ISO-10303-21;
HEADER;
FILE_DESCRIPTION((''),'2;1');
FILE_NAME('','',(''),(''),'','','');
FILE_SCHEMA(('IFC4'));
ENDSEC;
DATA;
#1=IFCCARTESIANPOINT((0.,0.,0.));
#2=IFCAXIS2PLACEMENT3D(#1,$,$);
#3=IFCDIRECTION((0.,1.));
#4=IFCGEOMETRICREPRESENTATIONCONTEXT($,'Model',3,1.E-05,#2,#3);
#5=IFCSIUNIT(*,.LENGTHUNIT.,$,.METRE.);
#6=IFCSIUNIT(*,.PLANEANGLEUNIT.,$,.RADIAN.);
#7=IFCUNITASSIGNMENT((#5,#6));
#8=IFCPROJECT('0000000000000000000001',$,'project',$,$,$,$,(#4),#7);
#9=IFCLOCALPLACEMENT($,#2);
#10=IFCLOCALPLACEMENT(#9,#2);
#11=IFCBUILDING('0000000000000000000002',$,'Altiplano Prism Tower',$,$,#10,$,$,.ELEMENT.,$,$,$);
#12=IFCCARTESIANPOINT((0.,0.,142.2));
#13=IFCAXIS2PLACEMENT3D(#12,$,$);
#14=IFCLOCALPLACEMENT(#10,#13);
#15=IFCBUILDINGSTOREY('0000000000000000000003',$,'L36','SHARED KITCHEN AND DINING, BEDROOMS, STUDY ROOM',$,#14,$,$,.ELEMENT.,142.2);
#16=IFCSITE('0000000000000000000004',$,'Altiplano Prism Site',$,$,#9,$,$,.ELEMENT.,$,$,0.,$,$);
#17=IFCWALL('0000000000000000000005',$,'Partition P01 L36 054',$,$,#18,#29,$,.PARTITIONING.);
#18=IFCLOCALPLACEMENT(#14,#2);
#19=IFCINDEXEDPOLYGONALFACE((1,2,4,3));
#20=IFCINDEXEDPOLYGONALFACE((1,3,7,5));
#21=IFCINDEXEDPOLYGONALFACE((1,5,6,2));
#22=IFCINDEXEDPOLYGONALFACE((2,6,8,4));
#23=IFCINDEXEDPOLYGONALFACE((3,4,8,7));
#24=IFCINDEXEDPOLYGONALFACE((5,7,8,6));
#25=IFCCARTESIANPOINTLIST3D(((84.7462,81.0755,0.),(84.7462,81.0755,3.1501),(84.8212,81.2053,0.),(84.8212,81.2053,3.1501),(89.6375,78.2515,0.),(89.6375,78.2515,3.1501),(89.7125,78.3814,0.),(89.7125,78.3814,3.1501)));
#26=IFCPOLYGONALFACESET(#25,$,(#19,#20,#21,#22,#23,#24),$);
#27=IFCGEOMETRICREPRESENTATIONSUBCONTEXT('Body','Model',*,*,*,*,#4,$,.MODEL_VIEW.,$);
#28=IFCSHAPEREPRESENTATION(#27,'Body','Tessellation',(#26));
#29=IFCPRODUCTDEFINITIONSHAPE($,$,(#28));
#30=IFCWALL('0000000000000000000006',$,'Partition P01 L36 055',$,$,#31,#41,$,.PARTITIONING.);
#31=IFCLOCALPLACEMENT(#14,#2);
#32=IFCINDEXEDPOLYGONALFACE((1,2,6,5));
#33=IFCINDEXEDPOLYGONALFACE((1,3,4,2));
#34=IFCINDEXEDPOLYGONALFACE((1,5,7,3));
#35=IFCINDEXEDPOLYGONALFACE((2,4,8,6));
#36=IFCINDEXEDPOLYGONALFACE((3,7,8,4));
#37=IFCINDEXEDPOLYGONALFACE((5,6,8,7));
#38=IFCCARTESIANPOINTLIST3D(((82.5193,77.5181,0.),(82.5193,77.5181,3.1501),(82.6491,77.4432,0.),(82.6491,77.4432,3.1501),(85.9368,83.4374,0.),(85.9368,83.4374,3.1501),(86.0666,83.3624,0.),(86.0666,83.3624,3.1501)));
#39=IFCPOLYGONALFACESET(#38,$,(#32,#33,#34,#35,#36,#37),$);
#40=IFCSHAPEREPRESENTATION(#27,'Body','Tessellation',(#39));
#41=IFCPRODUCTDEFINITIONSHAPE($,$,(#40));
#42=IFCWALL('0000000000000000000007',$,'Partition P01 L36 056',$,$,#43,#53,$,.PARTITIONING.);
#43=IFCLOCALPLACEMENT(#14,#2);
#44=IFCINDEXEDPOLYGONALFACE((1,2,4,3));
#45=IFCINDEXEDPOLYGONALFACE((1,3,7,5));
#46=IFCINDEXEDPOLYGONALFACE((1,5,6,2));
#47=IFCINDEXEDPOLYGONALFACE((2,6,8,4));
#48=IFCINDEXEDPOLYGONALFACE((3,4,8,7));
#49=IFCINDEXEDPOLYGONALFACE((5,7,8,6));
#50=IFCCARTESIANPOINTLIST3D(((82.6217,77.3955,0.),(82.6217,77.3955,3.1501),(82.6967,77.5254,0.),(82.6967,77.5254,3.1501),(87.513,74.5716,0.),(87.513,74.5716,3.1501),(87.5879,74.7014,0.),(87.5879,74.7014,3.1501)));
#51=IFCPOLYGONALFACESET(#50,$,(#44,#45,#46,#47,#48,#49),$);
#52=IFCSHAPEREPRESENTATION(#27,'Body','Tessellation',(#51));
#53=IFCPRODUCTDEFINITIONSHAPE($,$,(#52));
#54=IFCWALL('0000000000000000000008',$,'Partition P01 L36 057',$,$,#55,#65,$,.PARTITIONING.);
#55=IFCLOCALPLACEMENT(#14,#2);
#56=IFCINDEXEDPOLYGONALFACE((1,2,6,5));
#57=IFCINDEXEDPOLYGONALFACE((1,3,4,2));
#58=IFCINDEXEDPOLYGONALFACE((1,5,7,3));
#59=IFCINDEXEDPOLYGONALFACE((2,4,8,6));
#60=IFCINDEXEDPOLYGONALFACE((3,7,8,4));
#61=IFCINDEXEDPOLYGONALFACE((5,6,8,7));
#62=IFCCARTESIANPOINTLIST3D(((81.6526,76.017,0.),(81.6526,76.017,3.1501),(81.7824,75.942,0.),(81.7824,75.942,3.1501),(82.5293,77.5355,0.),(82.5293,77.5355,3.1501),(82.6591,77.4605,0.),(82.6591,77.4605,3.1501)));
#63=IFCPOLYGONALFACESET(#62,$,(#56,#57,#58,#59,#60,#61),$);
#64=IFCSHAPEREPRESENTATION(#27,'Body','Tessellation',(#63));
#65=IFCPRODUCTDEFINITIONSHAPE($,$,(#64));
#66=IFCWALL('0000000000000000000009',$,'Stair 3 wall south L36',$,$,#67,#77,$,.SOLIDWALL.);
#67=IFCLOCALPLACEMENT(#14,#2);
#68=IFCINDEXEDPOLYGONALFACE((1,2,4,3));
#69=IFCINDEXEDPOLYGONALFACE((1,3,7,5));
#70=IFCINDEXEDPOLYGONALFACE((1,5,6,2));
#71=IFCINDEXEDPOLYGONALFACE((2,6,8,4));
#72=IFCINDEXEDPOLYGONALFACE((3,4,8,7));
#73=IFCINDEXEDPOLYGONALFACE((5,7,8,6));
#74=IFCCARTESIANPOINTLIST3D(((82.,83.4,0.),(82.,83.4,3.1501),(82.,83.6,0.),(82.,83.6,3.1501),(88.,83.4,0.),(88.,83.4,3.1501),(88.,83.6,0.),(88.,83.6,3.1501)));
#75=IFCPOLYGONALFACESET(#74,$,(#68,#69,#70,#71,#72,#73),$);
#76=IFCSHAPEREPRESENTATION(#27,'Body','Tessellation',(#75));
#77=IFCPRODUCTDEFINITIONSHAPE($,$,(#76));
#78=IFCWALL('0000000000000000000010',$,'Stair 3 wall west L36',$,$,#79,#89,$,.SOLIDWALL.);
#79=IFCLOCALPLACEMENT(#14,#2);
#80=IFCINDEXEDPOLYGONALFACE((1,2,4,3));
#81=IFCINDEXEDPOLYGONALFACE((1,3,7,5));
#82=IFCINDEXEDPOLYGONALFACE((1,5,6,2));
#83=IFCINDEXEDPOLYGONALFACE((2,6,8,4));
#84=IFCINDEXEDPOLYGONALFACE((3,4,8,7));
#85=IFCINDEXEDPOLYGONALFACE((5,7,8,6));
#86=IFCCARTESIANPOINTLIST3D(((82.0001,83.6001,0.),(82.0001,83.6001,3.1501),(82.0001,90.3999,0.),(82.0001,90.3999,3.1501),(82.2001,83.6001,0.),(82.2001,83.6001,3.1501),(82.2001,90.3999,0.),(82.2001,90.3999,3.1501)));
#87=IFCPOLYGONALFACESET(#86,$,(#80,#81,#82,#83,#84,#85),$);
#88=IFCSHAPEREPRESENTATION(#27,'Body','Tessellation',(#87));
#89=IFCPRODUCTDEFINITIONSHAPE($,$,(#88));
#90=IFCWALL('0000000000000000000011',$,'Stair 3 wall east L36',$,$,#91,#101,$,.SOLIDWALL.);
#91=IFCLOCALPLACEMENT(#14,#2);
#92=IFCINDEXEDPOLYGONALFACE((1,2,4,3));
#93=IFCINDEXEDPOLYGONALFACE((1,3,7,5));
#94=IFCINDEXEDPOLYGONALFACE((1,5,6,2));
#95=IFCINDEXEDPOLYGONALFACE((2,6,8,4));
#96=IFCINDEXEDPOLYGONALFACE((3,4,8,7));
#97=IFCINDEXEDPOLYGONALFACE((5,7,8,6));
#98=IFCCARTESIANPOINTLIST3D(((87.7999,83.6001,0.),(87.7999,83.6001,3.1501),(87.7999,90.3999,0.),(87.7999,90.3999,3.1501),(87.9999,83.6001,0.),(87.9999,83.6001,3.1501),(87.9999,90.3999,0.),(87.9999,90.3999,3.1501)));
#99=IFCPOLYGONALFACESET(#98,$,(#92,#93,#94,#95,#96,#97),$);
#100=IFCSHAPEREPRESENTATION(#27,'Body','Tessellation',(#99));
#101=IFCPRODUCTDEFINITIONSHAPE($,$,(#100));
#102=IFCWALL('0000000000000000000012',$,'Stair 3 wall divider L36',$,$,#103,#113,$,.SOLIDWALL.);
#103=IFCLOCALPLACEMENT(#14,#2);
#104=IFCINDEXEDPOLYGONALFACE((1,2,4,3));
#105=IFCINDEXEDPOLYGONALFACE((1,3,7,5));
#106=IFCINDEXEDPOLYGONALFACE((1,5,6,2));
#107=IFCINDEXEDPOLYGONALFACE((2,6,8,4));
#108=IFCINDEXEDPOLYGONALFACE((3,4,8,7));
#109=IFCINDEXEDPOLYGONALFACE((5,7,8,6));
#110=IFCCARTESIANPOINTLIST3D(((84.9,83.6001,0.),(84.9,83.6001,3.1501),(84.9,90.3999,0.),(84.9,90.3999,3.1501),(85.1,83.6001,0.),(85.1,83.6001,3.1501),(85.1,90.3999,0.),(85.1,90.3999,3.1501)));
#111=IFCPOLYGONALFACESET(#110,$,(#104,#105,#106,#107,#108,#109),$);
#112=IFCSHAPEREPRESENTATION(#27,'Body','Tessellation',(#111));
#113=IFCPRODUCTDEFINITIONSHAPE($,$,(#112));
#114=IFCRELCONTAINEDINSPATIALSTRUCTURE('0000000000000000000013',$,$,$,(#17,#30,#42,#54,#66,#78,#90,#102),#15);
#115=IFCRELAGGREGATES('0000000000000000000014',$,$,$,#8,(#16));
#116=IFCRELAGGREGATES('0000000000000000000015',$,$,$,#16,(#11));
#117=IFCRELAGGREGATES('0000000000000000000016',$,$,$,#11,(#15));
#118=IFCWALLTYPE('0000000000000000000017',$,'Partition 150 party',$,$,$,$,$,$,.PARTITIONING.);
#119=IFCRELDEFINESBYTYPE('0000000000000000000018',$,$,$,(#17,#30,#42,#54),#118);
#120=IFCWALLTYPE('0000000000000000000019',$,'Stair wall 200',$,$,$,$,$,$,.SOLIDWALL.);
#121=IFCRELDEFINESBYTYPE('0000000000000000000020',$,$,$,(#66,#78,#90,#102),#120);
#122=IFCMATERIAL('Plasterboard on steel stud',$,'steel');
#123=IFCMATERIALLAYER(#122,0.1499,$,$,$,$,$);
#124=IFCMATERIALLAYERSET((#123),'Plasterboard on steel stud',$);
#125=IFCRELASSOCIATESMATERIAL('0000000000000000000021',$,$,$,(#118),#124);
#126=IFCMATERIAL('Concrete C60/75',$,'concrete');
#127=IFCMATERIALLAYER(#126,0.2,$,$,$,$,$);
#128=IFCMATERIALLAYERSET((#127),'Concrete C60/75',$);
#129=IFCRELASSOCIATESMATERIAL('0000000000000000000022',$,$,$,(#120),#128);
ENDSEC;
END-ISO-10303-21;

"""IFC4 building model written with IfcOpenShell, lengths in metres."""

from ifc_helpers import new_model, si_unit, direction, frame, frame_2d, origin, place, context, subcontext, project, spatial, rectangle, extrude, material, layer, layer_set, type_object, element, save


model = new_model("IFC4")

# Units and contexts
model_context = context("Model", 3, precision=1e-05, world=origin(), true_north=direction((0.0, 1.0)))
body_context = subcontext(model_context, "Body", "Model", "MODEL_VIEW")
ifc_project = project(units=[si_unit("LENGTHUNIT", "METRE"), si_unit("PLANEANGLEUNIT", "RADIAN")], contexts=[model_context])

# Site, building, storey
site_placement = place(None, origin())
site = spatial("IfcSite", under=ifc_project, at=site_placement, Name="Altiplano Prism Site", CompositionType="ELEMENT", RefElevation=0.0)
building_placement = place(site_placement, origin())
building = spatial("IfcBuilding", under=site, at=building_placement, Name="Altiplano Prism Tower", CompositionType="ELEMENT")
storey_placement = place(building_placement, frame((0.0, 0.0, 142.2)))
storey = spatial("IfcBuildingStorey", under=building, at=storey_placement, Name="L36", Description="SHARED KITCHEN AND DINING, BEDROOMS, STUDY ROOM", CompositionType="ELEMENT", Elevation=142.2)

# Shared definitions
ifc_material_1 = material(Name="Concrete C60/75", Category="concrete")

# Shared definitions
ifc_material_2 = material(Name="Plasterboard on steel stud", Category="steel")

# Walls
ifc_layer_1 = layer(ifc_material_2, 0.1499)
ifc_layer_set_1 = layer_set([ifc_layer_1], Name="Plasterboard on steel stud")
wall_type_1 = type_object("IfcWallType", Name="Partition 150 party", PredefinedType="PARTITIONING", material=ifc_layer_set_1)
wall_1_placement = place(storey_placement, frame((84.7837, 81.1404, 0.0), z_axis=(0.0, 0.0, 1.0), x_axis=(0.866029, -0.499993, 0.0)))
element("IfcWall", 1, at=wall_1_placement, inside=storey, type_object=wall_type_1, Name="Partition P01 L36 054", PredefinedType="PARTITIONING", context=body_context, shape_type="SweptSolid", body=[
    extrude(rectangle(XDim=5.6479, YDim=0.1499, at=frame_2d((2.824, 0.0))), origin(), (0.0, 0.0, 1.0), 3.1501),
])
wall_2_placement = place(storey_placement, frame((86.0017, 83.3999, 0.0), z_axis=(0.0, 0.0, 1.0), x_axis=(-0.500004, -0.866023, 0.0)))
element("IfcWall", 2, at=wall_2_placement, inside=storey, type_object=wall_type_1, Name="Partition P01 L36 055", PredefinedType="PARTITIONING", context=body_context, shape_type="SweptSolid", body=[
    extrude(rectangle(XDim=6.835, YDim=0.1499, at=frame_2d((3.4175, 0.0))), origin(), (0.0, 0.0, 1.0), 3.1501),
])
wall_3_placement = place(storey_placement, frame((82.6592, 77.4604, 0.0), z_axis=(0.0, 0.0, 1.0), x_axis=(0.866029, -0.499993, 0.0)))
element("IfcWall", 3, at=wall_3_placement, inside=storey, type_object=wall_type_1, Name="Partition P01 L36 056", PredefinedType="PARTITIONING", context=body_context, shape_type="SweptSolid", body=[
    extrude(rectangle(XDim=5.6479, YDim=0.1499, at=frame_2d((2.824, 0.0))), origin(), (0.0, 0.0, 1.0), 3.1501),
])
wall_4_placement = place(storey_placement, frame((81.7175, 75.9795, 0.0), z_axis=(0.0, 0.0, 1.0), x_axis=(0.499988, 0.866033, 0.0)))
element("IfcWall", 4, at=wall_4_placement, inside=storey, type_object=wall_type_1, Name="Partition P01 L36 057", PredefinedType="PARTITIONING", context=body_context, shape_type="SweptSolid", body=[
    extrude(rectangle(XDim=1.7534, YDim=0.1499, at=frame_2d((0.8767, 0.0))), origin(), (0.0, 0.0, 1.0), 3.1501),
])
ifc_layer_2 = layer(ifc_material_1, 0.2)
ifc_layer_set_2 = layer_set([ifc_layer_2], Name="Concrete C60/75")
wall_type_2 = type_object("IfcWallType", Name="Stair wall 200", PredefinedType="SOLIDWALL", material=ifc_layer_set_2)
wall_5_placement = place(storey_placement, frame((82.0, 83.5, 0.0), z_axis=(0.0, 0.0, 1.0), x_axis=(1.0, 0.0, 0.0)))
element("IfcWall", 5, at=wall_5_placement, inside=storey, type_object=wall_type_2, Name="Stair 3 wall south L36", PredefinedType="SOLIDWALL", context=body_context, shape_type="SweptSolid", body=[
    extrude(rectangle(XDim=6.0, YDim=0.2, at=frame_2d((3.0, 0.0))), origin(), (0.0, 0.0, 1.0), 3.1501),
])
for number, where, z_axis, x_axis, name in (
    (6, (82.1001, 83.6001, 0.0), (0.0, 0.0, 1.0), (0.0, 1.0, 0.0), "Stair 3 wall west L36"),
    (7, (87.8999, 83.6001, 0.0), (0.0, 0.0, 1.0), (0.0, 1.0, 0.0), "Stair 3 wall east L36"),
    (8, (85.0, 83.6001, 0.0), (0.0, 0.0, 1.0), (0.0, 1.0, 0.0), "Stair 3 wall divider L36"),
):
    element("IfcWall", number, at=place(storey_placement, frame(where, z_axis=z_axis, x_axis=x_axis)), inside=storey, type_object=wall_type_2, Name=name, PredefinedType="SOLIDWALL", context=body_context, shape_type="SweptSolid", body=[
        extrude(rectangle(XDim=6.7998, YDim=0.2, at=frame_2d((3.3999, 0.0))), origin(), (0.0, 0.0, 1.0), 3.1501),
    ])

save(model, "model.ifc")
